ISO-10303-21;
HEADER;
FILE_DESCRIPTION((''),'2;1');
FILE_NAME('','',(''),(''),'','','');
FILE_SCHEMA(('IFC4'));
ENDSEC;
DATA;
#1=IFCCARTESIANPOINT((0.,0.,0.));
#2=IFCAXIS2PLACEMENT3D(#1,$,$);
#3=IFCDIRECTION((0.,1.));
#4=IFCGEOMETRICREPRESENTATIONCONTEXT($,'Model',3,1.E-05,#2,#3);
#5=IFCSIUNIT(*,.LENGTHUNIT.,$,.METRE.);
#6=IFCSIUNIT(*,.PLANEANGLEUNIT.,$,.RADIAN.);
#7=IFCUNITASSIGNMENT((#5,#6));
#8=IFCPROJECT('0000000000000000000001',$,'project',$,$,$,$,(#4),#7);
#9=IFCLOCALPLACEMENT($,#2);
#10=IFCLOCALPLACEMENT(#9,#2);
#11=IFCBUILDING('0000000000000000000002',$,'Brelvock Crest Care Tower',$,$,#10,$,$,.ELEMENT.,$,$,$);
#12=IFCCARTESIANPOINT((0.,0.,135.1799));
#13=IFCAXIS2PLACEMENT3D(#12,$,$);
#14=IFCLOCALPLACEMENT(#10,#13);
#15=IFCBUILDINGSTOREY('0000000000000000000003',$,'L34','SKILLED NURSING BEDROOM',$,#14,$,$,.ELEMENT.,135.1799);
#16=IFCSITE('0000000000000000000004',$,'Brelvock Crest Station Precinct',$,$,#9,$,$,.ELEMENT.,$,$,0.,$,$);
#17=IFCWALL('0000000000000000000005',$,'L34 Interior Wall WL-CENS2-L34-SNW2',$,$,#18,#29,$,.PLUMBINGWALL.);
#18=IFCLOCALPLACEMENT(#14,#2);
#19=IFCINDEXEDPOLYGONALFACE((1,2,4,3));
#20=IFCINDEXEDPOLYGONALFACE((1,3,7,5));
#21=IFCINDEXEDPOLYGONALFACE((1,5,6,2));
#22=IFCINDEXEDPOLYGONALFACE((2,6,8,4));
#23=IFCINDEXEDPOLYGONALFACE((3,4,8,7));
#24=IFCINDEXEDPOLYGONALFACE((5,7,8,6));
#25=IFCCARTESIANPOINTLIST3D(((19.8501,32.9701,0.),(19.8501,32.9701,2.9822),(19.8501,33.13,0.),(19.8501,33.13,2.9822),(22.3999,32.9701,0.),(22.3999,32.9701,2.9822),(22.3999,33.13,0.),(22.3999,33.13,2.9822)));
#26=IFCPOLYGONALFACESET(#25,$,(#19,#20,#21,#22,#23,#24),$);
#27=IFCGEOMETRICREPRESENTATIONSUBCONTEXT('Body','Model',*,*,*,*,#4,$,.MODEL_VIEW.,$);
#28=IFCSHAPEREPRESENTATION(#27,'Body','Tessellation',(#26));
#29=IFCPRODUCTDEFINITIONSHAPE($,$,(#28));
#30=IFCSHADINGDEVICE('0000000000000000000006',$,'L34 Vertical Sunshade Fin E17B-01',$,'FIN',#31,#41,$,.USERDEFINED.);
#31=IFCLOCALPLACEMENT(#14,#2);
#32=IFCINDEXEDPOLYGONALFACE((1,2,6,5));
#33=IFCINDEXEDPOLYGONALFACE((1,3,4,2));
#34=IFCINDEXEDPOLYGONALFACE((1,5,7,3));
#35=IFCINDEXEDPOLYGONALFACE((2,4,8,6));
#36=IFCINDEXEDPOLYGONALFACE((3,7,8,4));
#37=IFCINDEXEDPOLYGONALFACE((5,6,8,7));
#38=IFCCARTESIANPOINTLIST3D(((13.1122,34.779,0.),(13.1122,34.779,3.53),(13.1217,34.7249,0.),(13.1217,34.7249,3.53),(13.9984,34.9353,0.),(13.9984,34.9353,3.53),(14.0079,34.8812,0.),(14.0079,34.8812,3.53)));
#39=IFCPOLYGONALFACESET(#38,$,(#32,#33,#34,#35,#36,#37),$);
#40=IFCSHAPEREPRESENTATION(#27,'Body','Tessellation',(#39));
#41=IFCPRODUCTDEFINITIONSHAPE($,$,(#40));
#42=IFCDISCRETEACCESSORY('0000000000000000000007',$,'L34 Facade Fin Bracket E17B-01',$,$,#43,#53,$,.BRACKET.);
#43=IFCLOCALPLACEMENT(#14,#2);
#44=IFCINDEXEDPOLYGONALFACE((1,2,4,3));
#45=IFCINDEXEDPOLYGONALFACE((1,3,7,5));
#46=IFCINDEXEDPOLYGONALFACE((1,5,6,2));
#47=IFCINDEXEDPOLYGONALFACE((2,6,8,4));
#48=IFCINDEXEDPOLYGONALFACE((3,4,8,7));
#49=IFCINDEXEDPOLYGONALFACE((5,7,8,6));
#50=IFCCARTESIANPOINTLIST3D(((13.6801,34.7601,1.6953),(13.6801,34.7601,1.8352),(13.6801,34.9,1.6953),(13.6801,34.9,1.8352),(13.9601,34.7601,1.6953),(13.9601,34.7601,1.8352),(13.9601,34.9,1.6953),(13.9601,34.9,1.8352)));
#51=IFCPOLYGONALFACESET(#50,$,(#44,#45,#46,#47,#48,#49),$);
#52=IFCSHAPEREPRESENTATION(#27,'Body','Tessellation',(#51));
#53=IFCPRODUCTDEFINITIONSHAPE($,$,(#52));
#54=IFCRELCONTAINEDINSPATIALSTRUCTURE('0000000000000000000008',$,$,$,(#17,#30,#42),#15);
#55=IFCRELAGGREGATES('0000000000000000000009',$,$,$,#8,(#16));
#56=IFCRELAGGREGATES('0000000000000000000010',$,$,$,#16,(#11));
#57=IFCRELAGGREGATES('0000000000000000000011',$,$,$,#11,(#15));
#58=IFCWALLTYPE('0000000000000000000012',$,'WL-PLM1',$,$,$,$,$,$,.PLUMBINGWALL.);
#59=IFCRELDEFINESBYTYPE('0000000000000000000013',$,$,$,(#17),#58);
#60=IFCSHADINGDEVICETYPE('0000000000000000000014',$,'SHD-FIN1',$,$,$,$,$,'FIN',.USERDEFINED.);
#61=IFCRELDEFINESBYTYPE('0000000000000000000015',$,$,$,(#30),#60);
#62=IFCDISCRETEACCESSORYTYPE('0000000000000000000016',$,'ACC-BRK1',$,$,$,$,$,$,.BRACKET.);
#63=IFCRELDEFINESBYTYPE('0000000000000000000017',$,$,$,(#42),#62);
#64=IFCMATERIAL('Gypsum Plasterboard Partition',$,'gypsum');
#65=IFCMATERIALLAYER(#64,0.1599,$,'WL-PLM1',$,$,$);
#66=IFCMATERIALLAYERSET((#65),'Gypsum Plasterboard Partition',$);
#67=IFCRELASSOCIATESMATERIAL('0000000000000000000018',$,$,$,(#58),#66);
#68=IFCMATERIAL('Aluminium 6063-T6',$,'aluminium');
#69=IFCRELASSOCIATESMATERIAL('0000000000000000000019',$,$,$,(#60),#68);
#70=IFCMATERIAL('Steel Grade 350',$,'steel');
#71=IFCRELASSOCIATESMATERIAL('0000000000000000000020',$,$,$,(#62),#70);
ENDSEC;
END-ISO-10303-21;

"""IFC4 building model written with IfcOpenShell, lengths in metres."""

from ifc_helpers import new_model, si_unit, direction, frame, frame_2d, origin, origin_2d, place, context, subcontext, project, spatial, rectangle, extrude, source, transform, mapped, material, layer, layer_set, material_profile, profile_set, type_object, element, save


model = new_model("IFC4")

# Units and contexts
model_context = context("Model", 3, precision=1e-05, world=origin(), true_north=direction((0.0, 1.0)))
body_context = subcontext(model_context, "Body", "Model", "MODEL_VIEW")
ifc_project = project(units=[si_unit("LENGTHUNIT", "METRE"), si_unit("PLANEANGLEUNIT", "RADIAN")], contexts=[model_context])

# Site, building, storey
site_placement = place(None, origin())
site = spatial("IfcSite", under=ifc_project, at=site_placement, Name="Brelvock Crest Station Precinct", CompositionType="ELEMENT", RefElevation=0.0)
building_placement = place(site_placement, origin())
building = spatial("IfcBuilding", under=site, at=building_placement, Name="Brelvock Crest Care Tower", CompositionType="ELEMENT")
storey_placement = place(building_placement, frame((0.0, 0.0, 135.1799)))
storey = spatial("IfcBuildingStorey", under=building, at=storey_placement, Name="L34", Description="SKILLED NURSING BEDROOM", CompositionType="ELEMENT", Elevation=135.1799)

# Shared definitions
ifc_material_1 = material(Name="Steel Grade 350", Category="steel")

# Shared definitions
ifc_material_2 = material(Name="Aluminium 6063-T6", Category="aluminium")

# Wall
ifc_material_3 = material(Name="Gypsum Plasterboard Partition", Category="gypsum")
ifc_layer_1 = layer(ifc_material_3, 0.1599, Name="WL-PLM1")
ifc_layer_set_1 = layer_set([ifc_layer_1], Name="Gypsum Plasterboard Partition")
wall_type_1 = type_object("IfcWallType", Name="WL-PLM1", PredefinedType="PLUMBINGWALL", material=ifc_layer_set_1)
wall_1_placement = place(storey_placement, frame((19.8501, 33.05, 0.0), z_axis=(0.0, 0.0, 1.0), x_axis=(1.0, 0.0, 0.0)))
element("IfcWall", 1, at=wall_1_placement, inside=storey, type_object=wall_type_1, Name="L34 Interior Wall WL-CENS2-L34-SNW2", PredefinedType="PLUMBINGWALL", context=body_context, shape_type="SweptSolid", body=[
    extrude(rectangle(XDim=2.5498, YDim=0.1599, at=frame_2d((1.2749, 0.0))), origin(), (0.0, 0.0, 1.0), 2.9822),
])

# Shading device
ifc_material_profile_1 = material_profile(ifc_material_2, rectangle(XDim=0.0549, YDim=0.8999, at=origin_2d()), Name="FIN55x900")
ifc_profile_set_1 = profile_set([ifc_material_profile_1], Name="Aluminium 6063-T6")
shading_device_type = type_object("IfcShadingDeviceType", Name="SHD-FIN1", ElementType="FIN", PredefinedType="USERDEFINED", material=ifc_profile_set_1)
shared_shape_1 = source(origin(), body_context, "Body", "SweptSolid", [
    extrude(rectangle(XDim=0.0549, YDim=0.8999, at=origin_2d()), origin(), (0.0, 0.0, 1.0), 3.53),
])
shading_device_placement = place(storey_placement, frame((13.5601, 34.8301, 0.0), z_axis=(0.0, 0.0, 1.0), x_axis=(-0.173648, 0.984808, 0.0)))
element("IfcShadingDevice", 2, at=shading_device_placement, inside=storey, type_object=shading_device_type, Name="L34 Vertical Sunshade Fin E17B-01", ObjectType="FIN", PredefinedType="USERDEFINED", context=body_context, shape_type="MappedRepresentation", body=[
    mapped(shared_shape_1, transform((0.0, 0.0, 0.0), x_axis=(1.0, 0.0, 0.0), y_axis=(0.0, 1.0, 0.0), z_axis=(0.0, 0.0, 1.0), scale=1.0)),
])

# Discrete accessory
discrete_accessory_type = type_object("IfcDiscreteAccessoryType", Name="ACC-BRK1", PredefinedType="BRACKET", material=ifc_material_1)
shared_shape_2 = source(origin(), body_context, "Body", "SweptSolid", [
    extrude(rectangle(XDim=0.28, YDim=0.1399, at=origin_2d()), origin(), (0.0, 0.0, 1.0), 0.1399),
])
discrete_accessory_placement = place(storey_placement, frame((13.8201, 34.8301, 1.6953), z_axis=(0.0, 0.0, 1.0), x_axis=(-1.0, 0.0, 0.0)))
element("IfcDiscreteAccessory", 3, at=discrete_accessory_placement, inside=storey, type_object=discrete_accessory_type, Name="L34 Facade Fin Bracket E17B-01", PredefinedType="BRACKET", context=body_context, shape_type="MappedRepresentation", body=[
    mapped(shared_shape_2, transform((0.0, 0.0, 0.0), x_axis=(1.0, 0.0, 0.0), y_axis=(0.0, 1.0, 0.0), z_axis=(0.0, 0.0, 1.0), scale=1.0)),
])

save(model, "model.ifc")
